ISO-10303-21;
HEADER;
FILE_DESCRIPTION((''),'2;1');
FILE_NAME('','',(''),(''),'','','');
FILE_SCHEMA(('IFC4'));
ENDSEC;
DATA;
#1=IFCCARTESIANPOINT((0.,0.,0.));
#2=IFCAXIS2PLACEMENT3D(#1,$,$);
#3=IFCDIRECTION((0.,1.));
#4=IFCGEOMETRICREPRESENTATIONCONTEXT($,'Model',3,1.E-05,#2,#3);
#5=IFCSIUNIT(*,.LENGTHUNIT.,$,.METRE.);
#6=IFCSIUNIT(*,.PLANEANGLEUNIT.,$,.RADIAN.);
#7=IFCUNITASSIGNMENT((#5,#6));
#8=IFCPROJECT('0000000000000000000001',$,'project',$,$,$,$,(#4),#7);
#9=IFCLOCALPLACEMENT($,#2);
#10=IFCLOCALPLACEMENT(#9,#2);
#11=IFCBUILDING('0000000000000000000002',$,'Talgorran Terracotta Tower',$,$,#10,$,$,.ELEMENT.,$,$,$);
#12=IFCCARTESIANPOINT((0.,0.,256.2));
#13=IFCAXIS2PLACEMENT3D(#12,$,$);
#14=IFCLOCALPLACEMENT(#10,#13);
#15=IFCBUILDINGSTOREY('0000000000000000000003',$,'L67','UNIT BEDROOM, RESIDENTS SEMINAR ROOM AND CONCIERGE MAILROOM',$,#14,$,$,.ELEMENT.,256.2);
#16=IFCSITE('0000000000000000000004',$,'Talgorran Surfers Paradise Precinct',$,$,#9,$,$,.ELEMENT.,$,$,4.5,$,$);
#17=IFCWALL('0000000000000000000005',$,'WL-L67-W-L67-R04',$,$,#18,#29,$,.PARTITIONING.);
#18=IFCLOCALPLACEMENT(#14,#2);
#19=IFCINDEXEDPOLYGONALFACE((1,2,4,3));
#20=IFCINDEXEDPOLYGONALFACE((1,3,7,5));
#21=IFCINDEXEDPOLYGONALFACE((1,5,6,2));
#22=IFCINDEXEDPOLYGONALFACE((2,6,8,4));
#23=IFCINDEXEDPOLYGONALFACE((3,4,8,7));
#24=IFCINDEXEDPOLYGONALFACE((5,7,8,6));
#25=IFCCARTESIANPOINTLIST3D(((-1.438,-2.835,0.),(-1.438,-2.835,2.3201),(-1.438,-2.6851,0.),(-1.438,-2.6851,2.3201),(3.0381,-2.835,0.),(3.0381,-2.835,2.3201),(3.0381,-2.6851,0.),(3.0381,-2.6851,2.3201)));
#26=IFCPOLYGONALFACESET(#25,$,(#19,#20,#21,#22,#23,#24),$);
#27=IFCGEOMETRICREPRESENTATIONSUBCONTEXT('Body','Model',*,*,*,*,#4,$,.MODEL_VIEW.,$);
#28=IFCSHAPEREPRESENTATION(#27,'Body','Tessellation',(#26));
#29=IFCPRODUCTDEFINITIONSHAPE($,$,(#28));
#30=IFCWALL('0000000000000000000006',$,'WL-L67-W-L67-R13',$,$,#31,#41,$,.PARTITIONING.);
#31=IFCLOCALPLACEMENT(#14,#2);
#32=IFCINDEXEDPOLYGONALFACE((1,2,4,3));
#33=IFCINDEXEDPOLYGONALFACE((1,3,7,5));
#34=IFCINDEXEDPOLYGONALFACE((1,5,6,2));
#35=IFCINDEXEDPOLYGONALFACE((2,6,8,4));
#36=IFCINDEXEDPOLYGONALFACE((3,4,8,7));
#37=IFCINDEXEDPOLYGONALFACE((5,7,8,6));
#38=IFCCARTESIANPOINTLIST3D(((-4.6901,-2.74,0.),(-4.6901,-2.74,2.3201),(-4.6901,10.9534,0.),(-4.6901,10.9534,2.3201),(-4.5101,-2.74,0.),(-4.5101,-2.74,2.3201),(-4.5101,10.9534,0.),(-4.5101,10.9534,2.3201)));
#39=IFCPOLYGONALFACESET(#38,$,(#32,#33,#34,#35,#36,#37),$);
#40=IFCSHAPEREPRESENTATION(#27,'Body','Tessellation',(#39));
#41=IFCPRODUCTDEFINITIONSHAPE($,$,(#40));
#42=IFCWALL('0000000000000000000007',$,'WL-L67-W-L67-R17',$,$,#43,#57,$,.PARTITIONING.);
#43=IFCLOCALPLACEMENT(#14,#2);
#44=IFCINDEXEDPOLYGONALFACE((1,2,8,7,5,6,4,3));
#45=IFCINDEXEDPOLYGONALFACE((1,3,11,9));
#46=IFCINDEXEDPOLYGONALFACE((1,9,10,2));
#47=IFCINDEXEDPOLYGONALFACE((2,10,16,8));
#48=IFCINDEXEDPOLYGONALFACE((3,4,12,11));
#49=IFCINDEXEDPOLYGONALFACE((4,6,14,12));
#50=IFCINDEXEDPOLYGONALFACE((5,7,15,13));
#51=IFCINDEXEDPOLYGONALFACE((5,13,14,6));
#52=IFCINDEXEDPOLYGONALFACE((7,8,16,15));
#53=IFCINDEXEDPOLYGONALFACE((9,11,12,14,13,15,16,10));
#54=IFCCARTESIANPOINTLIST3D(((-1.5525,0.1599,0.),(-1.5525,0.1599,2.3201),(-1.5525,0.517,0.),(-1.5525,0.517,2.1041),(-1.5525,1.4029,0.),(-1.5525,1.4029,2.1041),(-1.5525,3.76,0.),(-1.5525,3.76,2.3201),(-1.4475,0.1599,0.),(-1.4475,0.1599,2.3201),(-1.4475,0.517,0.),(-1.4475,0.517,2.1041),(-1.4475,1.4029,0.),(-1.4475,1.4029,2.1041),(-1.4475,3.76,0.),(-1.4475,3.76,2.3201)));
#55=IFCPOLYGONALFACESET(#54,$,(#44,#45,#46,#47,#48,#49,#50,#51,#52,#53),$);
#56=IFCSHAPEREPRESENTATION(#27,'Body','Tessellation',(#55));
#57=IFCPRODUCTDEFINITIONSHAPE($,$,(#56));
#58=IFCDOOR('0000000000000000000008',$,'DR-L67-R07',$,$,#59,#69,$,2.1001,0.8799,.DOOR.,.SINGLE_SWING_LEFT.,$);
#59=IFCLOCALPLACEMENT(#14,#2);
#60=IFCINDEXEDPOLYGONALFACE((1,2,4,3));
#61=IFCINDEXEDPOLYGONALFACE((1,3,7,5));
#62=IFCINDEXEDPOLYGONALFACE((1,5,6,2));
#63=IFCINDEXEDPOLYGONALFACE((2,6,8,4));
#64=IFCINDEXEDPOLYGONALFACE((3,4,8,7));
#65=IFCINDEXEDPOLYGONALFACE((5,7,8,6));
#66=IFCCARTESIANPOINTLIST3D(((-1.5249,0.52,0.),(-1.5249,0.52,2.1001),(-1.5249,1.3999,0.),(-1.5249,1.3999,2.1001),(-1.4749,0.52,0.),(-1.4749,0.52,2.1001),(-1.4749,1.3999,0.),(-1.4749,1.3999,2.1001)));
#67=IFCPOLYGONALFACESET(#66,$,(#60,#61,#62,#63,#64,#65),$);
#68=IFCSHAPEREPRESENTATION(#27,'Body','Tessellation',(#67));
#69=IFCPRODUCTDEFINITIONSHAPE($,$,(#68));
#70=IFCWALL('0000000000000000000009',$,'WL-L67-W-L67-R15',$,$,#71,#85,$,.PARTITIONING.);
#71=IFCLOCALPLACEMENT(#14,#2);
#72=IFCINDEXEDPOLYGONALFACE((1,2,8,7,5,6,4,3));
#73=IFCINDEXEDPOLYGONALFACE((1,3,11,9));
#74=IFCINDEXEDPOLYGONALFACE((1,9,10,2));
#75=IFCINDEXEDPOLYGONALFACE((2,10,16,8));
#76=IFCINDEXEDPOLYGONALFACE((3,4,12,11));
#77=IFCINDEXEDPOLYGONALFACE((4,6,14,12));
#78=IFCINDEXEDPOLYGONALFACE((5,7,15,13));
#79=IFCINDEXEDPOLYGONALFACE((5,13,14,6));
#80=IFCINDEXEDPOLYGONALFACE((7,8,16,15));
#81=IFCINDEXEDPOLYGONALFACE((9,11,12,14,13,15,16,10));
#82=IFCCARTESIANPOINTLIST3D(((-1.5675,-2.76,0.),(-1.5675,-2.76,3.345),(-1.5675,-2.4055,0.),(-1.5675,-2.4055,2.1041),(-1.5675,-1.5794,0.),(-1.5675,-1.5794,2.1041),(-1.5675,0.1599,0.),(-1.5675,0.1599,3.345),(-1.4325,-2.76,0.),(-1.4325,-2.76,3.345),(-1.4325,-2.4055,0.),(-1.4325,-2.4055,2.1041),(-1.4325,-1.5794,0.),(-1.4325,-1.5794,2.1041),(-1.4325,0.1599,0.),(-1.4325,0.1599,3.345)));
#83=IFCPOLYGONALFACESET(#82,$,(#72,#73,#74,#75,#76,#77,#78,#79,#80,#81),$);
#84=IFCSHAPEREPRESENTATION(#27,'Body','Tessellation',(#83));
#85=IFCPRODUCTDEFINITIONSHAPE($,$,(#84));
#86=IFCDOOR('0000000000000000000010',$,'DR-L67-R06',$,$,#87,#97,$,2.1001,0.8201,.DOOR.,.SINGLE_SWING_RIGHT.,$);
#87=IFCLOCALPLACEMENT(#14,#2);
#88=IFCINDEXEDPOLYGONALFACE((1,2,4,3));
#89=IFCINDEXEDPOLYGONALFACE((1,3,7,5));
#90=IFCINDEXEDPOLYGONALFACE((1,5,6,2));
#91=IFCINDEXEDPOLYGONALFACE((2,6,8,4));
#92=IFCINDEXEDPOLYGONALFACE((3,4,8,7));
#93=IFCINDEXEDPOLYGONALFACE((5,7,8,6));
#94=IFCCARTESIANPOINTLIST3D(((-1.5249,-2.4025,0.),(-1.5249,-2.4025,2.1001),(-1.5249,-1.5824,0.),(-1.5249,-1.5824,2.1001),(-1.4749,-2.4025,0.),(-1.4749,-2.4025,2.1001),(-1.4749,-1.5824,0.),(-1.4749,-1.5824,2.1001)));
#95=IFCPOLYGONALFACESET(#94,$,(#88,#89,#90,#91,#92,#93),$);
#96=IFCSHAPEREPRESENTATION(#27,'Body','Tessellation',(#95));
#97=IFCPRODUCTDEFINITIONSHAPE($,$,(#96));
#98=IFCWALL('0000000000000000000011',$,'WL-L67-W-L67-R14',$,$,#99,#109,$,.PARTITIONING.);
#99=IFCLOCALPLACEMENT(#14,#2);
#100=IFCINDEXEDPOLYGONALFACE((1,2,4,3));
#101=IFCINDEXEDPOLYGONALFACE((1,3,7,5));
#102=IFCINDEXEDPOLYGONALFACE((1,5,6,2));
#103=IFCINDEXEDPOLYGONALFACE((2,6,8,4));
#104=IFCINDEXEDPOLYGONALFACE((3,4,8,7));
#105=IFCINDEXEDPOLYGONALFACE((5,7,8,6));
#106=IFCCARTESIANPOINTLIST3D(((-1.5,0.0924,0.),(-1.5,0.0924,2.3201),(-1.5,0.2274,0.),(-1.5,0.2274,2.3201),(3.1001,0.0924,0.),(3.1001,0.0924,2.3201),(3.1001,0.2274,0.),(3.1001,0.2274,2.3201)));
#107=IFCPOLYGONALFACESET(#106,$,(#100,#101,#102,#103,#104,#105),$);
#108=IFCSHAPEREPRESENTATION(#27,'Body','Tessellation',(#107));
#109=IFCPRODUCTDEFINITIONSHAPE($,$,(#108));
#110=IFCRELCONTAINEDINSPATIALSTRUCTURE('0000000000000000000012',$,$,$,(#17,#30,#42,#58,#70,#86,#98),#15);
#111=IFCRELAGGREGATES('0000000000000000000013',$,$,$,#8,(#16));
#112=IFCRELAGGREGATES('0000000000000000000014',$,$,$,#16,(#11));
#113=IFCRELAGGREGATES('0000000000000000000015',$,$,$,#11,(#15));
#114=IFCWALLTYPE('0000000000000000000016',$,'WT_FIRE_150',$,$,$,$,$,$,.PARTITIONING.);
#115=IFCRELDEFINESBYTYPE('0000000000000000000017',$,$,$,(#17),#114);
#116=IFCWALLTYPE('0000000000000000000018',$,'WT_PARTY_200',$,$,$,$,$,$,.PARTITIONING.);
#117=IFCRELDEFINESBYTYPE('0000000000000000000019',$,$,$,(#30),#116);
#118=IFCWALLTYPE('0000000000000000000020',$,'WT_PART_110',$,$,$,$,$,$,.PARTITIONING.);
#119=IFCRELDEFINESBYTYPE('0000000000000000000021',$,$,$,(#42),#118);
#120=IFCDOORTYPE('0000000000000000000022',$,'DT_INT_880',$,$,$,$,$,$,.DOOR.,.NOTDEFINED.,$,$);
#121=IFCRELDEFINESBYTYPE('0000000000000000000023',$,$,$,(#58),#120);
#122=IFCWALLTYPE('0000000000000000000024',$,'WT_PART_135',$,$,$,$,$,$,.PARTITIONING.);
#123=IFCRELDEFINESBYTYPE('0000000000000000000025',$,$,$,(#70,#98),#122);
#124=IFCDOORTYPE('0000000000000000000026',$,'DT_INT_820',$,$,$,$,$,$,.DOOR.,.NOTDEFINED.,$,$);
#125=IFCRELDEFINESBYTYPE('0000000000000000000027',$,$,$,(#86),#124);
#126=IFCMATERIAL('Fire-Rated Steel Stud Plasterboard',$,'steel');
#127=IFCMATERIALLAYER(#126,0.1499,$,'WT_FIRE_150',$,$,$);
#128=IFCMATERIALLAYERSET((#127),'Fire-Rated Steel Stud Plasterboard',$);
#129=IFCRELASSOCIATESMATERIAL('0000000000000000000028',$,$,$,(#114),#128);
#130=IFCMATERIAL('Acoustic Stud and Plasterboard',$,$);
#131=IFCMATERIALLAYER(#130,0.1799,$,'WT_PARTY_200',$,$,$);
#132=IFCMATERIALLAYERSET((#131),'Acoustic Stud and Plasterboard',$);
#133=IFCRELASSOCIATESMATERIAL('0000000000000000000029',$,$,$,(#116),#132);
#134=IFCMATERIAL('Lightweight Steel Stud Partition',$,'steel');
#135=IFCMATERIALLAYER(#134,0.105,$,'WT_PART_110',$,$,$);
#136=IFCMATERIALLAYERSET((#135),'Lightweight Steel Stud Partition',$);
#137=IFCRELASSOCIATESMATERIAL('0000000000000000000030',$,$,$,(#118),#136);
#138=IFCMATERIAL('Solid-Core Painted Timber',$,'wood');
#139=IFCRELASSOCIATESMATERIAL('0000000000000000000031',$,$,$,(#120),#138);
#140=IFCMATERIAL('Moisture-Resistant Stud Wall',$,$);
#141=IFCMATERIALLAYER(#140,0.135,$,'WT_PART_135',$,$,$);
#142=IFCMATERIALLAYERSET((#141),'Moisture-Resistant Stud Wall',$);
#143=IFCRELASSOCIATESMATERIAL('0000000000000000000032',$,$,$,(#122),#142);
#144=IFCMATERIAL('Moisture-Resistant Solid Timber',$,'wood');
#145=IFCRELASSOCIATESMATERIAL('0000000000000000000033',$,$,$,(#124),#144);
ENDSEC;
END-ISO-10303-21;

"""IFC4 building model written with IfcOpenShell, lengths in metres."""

from ifc_helpers import new_model, si_unit, direction, frame, frame_2d, origin, place, context, subcontext, project, spatial, rectangle, extrude, material, layer, layer_set, type_object, element, fill, save


model = new_model("IFC4")

# Units and contexts
model_context = context("Model", 3, precision=1e-05, world=origin(), true_north=direction((0.0, 1.0)))
body_context = subcontext(model_context, "Body", "Model", "MODEL_VIEW")
ifc_project = project(units=[si_unit("LENGTHUNIT", "METRE"), si_unit("PLANEANGLEUNIT", "RADIAN")], contexts=[model_context])

# Site, building, storey
site_placement = place(None, origin())
site = spatial("IfcSite", under=ifc_project, at=site_placement, Name="Talgorran Surfers Paradise Precinct", CompositionType="ELEMENT", RefElevation=4.5)
building_placement = place(site_placement, origin())
building = spatial("IfcBuilding", under=site, at=building_placement, Name="Talgorran Terracotta Tower", CompositionType="ELEMENT")
storey_placement = place(building_placement, frame((0.0, 0.0, 256.2)))
storey = spatial("IfcBuildingStorey", under=building, at=storey_placement, Name="L67", Description="UNIT BEDROOM, RESIDENTS SEMINAR ROOM AND CONCIERGE MAILROOM", CompositionType="ELEMENT", Elevation=256.2)

# Shared definitions
ifc_material_1 = material(Name="Fire-Rated Steel Stud Plasterboard", Category="steel")
ifc_layer_1 = layer(ifc_material_1, 0.1499, Name="WT_FIRE_150")
ifc_layer_set_1 = layer_set([ifc_layer_1], Name="Fire-Rated Steel Stud Plasterboard")
wall_type_1 = type_object("IfcWallType", Name="WT_FIRE_150", PredefinedType="PARTITIONING", material=ifc_layer_set_1)

# Walls
wall_1_placement = place(storey_placement, frame((-1.438, -2.76, 0.0), z_axis=(0.0, 0.0, 1.0), x_axis=(1.0, 0.0, 0.0)))
element("IfcWall", 1, at=wall_1_placement, inside=storey, type_object=wall_type_1, Name="WL-L67-W-L67-R04", PredefinedType="PARTITIONING", context=body_context, shape_type="SweptSolid", body=[
    extrude(rectangle(XDim=4.4761, YDim=0.1499, at=frame_2d((2.238, 0.0))), origin(), (0.0, 0.0, 1.0), 2.3201),
])
ifc_material_2 = material(Name="Acoustic Stud and Plasterboard")
ifc_layer_2 = layer(ifc_material_2, 0.1799, Name="WT_PARTY_200")
ifc_layer_set_2 = layer_set([ifc_layer_2], Name="Acoustic Stud and Plasterboard")
wall_type_2 = type_object("IfcWallType", Name="WT_PARTY_200", PredefinedType="PARTITIONING", material=ifc_layer_set_2)
wall_2_placement = place(storey_placement, frame((-4.6001, -2.74, 0.0), z_axis=(0.0, 0.0, 1.0), x_axis=(0.0, 1.0, 0.0)))
element("IfcWall", 2, at=wall_2_placement, inside=storey, type_object=wall_type_2, Name="WL-L67-W-L67-R13", PredefinedType="PARTITIONING", context=body_context, shape_type="SweptSolid", body=[
    extrude(rectangle(XDim=13.6934, YDim=0.1799, at=frame_2d((6.8467, 0.0))), origin(), (0.0, 0.0, 1.0), 2.3201),
])

# Walls, openings, doors
ifc_material_3 = material(Name="Lightweight Steel Stud Partition", Category="steel")
ifc_layer_3 = layer(ifc_material_3, 0.105, Name="WT_PART_110")
ifc_layer_set_3 = layer_set([ifc_layer_3], Name="Lightweight Steel Stud Partition")
wall_type_3 = type_object("IfcWallType", Name="WT_PART_110", PredefinedType="PARTITIONING", material=ifc_layer_set_3)
wall_3_placement = place(storey_placement, frame((-1.5, 0.1599, 0.0), z_axis=(0.0, 0.0, 1.0), x_axis=(0.0, 1.0, 0.0)))
wall_3 = element("IfcWall", 3, at=wall_3_placement, inside=storey, type_object=wall_type_3, Name="WL-L67-W-L67-R17", PredefinedType="PARTITIONING", context=body_context, shape_type="SweptSolid", body=[
    extrude(rectangle(XDim=3.6001, YDim=0.105, at=frame_2d((1.8, 0.0))), origin(), (0.0, 0.0, 1.0), 2.3201),
])
opening_1_placement = place(wall_3_placement, frame((0.3601, 0.0, 0.0)))
opening_1 = element("IfcOpeningElement", 4, at=opening_1_placement, cuts=wall_3, PredefinedType="OPENING", context=body_context, shape_type="SweptSolid", body=[
    extrude(rectangle(XDim=0.8859, YDim=2.1041, at=frame_2d((0.4399, 1.052))), frame((0.0, 0.0625, 0.0), z_axis=(0.0, -1.0, 0.0), x_axis=(1.0, 0.0, 0.0)), (0.0, 0.0, 1.0), 0.125),
])
ifc_material_4 = material(Name="Solid-Core Painted Timber", Category="wood")
door_type_1 = type_object("IfcDoorType", Name="DT_INT_880", OperationType="NOTDEFINED", PredefinedType="DOOR", material=ifc_material_4)
door_1_placement = place(opening_1_placement, origin())
door_1 = element("IfcDoor", 5, at=door_1_placement, inside=storey, type_object=door_type_1, Name="DR-L67-R07", OperationType="SINGLE_SWING_LEFT", OverallHeight=2.1001, OverallWidth=0.8799, PredefinedType="DOOR", context=body_context, shape_type="SweptSolid", body=[
    extrude(rectangle(XDim=0.8799, YDim=2.1001, at=frame_2d((0.4399, 1.05))), frame((0.0, 0.0249, 0.0), z_axis=(0.0, -1.0, 0.0), x_axis=(1.0, 0.0, 0.0)), (0.0, 0.0, 1.0), 0.05),
])
fill(opening_1, door_1)
ifc_material_5 = material(Name="Moisture-Resistant Stud Wall")
ifc_layer_4 = layer(ifc_material_5, 0.135, Name="WT_PART_135")
ifc_layer_set_4 = layer_set([ifc_layer_4], Name="Moisture-Resistant Stud Wall")
wall_type_4 = type_object("IfcWallType", Name="WT_PART_135", PredefinedType="PARTITIONING", material=ifc_layer_set_4)
wall_4_placement = place(storey_placement, frame((-1.5, -2.76, 0.0), z_axis=(0.0, 0.0, 1.0), x_axis=(0.0, 1.0, 0.0)))
wall_4 = element("IfcWall", 6, at=wall_4_placement, inside=storey, type_object=wall_type_4, Name="WL-L67-W-L67-R15", PredefinedType="PARTITIONING", context=body_context, shape_type="SweptSolid", body=[
    extrude(rectangle(XDim=2.9199, YDim=0.135, at=frame_2d((1.46, 0.0))), origin(), (0.0, 0.0, 1.0), 3.345),
])
opening_2_placement = place(wall_4_placement, frame((0.3574, 0.0, 0.0)))
opening_2 = element("IfcOpeningElement", 7, at=opening_2_placement, cuts=wall_4, PredefinedType="OPENING", context=body_context, shape_type="SweptSolid", body=[
    extrude(rectangle(XDim=0.8261, YDim=2.1041, at=frame_2d((0.4102, 1.052))), frame((0.0, 0.0776, 0.0), z_axis=(0.0, -1.0, 0.0), x_axis=(1.0, 0.0, 0.0)), (0.0, 0.0, 1.0), 0.155),
])
ifc_material_6 = material(Name="Moisture-Resistant Solid Timber", Category="wood")
door_type_2 = type_object("IfcDoorType", Name="DT_INT_820", OperationType="NOTDEFINED", PredefinedType="DOOR", material=ifc_material_6)
door_2_placement = place(opening_2_placement, origin())
door_2 = element("IfcDoor", 8, at=door_2_placement, inside=storey, type_object=door_type_2, Name="DR-L67-R06", OperationType="SINGLE_SWING_RIGHT", OverallHeight=2.1001, OverallWidth=0.8201, PredefinedType="DOOR", context=body_context, shape_type="SweptSolid", body=[
    extrude(rectangle(XDim=0.8201, YDim=2.1001, at=frame_2d((0.4102, 1.05))), frame((0.0, 0.0249, 0.0), z_axis=(0.0, -1.0, 0.0), x_axis=(1.0, 0.0, 0.0)), (0.0, 0.0, 1.0), 0.05),
])
fill(opening_2, door_2)

# Wall
wall_5_placement = place(storey_placement, frame((-1.5, 0.1599, 0.0), z_axis=(0.0, 0.0, 1.0), x_axis=(1.0, 0.0, 0.0)))
element("IfcWall", 9, at=wall_5_placement, inside=storey, type_object=wall_type_4, Name="WL-L67-W-L67-R14", PredefinedType="PARTITIONING", context=body_context, shape_type="SweptSolid", body=[
    extrude(rectangle(XDim=4.6001, YDim=0.135, at=frame_2d((2.3, 0.0))), origin(), (0.0, 0.0, 1.0), 2.3201),
])

save(model, "model.ifc")
